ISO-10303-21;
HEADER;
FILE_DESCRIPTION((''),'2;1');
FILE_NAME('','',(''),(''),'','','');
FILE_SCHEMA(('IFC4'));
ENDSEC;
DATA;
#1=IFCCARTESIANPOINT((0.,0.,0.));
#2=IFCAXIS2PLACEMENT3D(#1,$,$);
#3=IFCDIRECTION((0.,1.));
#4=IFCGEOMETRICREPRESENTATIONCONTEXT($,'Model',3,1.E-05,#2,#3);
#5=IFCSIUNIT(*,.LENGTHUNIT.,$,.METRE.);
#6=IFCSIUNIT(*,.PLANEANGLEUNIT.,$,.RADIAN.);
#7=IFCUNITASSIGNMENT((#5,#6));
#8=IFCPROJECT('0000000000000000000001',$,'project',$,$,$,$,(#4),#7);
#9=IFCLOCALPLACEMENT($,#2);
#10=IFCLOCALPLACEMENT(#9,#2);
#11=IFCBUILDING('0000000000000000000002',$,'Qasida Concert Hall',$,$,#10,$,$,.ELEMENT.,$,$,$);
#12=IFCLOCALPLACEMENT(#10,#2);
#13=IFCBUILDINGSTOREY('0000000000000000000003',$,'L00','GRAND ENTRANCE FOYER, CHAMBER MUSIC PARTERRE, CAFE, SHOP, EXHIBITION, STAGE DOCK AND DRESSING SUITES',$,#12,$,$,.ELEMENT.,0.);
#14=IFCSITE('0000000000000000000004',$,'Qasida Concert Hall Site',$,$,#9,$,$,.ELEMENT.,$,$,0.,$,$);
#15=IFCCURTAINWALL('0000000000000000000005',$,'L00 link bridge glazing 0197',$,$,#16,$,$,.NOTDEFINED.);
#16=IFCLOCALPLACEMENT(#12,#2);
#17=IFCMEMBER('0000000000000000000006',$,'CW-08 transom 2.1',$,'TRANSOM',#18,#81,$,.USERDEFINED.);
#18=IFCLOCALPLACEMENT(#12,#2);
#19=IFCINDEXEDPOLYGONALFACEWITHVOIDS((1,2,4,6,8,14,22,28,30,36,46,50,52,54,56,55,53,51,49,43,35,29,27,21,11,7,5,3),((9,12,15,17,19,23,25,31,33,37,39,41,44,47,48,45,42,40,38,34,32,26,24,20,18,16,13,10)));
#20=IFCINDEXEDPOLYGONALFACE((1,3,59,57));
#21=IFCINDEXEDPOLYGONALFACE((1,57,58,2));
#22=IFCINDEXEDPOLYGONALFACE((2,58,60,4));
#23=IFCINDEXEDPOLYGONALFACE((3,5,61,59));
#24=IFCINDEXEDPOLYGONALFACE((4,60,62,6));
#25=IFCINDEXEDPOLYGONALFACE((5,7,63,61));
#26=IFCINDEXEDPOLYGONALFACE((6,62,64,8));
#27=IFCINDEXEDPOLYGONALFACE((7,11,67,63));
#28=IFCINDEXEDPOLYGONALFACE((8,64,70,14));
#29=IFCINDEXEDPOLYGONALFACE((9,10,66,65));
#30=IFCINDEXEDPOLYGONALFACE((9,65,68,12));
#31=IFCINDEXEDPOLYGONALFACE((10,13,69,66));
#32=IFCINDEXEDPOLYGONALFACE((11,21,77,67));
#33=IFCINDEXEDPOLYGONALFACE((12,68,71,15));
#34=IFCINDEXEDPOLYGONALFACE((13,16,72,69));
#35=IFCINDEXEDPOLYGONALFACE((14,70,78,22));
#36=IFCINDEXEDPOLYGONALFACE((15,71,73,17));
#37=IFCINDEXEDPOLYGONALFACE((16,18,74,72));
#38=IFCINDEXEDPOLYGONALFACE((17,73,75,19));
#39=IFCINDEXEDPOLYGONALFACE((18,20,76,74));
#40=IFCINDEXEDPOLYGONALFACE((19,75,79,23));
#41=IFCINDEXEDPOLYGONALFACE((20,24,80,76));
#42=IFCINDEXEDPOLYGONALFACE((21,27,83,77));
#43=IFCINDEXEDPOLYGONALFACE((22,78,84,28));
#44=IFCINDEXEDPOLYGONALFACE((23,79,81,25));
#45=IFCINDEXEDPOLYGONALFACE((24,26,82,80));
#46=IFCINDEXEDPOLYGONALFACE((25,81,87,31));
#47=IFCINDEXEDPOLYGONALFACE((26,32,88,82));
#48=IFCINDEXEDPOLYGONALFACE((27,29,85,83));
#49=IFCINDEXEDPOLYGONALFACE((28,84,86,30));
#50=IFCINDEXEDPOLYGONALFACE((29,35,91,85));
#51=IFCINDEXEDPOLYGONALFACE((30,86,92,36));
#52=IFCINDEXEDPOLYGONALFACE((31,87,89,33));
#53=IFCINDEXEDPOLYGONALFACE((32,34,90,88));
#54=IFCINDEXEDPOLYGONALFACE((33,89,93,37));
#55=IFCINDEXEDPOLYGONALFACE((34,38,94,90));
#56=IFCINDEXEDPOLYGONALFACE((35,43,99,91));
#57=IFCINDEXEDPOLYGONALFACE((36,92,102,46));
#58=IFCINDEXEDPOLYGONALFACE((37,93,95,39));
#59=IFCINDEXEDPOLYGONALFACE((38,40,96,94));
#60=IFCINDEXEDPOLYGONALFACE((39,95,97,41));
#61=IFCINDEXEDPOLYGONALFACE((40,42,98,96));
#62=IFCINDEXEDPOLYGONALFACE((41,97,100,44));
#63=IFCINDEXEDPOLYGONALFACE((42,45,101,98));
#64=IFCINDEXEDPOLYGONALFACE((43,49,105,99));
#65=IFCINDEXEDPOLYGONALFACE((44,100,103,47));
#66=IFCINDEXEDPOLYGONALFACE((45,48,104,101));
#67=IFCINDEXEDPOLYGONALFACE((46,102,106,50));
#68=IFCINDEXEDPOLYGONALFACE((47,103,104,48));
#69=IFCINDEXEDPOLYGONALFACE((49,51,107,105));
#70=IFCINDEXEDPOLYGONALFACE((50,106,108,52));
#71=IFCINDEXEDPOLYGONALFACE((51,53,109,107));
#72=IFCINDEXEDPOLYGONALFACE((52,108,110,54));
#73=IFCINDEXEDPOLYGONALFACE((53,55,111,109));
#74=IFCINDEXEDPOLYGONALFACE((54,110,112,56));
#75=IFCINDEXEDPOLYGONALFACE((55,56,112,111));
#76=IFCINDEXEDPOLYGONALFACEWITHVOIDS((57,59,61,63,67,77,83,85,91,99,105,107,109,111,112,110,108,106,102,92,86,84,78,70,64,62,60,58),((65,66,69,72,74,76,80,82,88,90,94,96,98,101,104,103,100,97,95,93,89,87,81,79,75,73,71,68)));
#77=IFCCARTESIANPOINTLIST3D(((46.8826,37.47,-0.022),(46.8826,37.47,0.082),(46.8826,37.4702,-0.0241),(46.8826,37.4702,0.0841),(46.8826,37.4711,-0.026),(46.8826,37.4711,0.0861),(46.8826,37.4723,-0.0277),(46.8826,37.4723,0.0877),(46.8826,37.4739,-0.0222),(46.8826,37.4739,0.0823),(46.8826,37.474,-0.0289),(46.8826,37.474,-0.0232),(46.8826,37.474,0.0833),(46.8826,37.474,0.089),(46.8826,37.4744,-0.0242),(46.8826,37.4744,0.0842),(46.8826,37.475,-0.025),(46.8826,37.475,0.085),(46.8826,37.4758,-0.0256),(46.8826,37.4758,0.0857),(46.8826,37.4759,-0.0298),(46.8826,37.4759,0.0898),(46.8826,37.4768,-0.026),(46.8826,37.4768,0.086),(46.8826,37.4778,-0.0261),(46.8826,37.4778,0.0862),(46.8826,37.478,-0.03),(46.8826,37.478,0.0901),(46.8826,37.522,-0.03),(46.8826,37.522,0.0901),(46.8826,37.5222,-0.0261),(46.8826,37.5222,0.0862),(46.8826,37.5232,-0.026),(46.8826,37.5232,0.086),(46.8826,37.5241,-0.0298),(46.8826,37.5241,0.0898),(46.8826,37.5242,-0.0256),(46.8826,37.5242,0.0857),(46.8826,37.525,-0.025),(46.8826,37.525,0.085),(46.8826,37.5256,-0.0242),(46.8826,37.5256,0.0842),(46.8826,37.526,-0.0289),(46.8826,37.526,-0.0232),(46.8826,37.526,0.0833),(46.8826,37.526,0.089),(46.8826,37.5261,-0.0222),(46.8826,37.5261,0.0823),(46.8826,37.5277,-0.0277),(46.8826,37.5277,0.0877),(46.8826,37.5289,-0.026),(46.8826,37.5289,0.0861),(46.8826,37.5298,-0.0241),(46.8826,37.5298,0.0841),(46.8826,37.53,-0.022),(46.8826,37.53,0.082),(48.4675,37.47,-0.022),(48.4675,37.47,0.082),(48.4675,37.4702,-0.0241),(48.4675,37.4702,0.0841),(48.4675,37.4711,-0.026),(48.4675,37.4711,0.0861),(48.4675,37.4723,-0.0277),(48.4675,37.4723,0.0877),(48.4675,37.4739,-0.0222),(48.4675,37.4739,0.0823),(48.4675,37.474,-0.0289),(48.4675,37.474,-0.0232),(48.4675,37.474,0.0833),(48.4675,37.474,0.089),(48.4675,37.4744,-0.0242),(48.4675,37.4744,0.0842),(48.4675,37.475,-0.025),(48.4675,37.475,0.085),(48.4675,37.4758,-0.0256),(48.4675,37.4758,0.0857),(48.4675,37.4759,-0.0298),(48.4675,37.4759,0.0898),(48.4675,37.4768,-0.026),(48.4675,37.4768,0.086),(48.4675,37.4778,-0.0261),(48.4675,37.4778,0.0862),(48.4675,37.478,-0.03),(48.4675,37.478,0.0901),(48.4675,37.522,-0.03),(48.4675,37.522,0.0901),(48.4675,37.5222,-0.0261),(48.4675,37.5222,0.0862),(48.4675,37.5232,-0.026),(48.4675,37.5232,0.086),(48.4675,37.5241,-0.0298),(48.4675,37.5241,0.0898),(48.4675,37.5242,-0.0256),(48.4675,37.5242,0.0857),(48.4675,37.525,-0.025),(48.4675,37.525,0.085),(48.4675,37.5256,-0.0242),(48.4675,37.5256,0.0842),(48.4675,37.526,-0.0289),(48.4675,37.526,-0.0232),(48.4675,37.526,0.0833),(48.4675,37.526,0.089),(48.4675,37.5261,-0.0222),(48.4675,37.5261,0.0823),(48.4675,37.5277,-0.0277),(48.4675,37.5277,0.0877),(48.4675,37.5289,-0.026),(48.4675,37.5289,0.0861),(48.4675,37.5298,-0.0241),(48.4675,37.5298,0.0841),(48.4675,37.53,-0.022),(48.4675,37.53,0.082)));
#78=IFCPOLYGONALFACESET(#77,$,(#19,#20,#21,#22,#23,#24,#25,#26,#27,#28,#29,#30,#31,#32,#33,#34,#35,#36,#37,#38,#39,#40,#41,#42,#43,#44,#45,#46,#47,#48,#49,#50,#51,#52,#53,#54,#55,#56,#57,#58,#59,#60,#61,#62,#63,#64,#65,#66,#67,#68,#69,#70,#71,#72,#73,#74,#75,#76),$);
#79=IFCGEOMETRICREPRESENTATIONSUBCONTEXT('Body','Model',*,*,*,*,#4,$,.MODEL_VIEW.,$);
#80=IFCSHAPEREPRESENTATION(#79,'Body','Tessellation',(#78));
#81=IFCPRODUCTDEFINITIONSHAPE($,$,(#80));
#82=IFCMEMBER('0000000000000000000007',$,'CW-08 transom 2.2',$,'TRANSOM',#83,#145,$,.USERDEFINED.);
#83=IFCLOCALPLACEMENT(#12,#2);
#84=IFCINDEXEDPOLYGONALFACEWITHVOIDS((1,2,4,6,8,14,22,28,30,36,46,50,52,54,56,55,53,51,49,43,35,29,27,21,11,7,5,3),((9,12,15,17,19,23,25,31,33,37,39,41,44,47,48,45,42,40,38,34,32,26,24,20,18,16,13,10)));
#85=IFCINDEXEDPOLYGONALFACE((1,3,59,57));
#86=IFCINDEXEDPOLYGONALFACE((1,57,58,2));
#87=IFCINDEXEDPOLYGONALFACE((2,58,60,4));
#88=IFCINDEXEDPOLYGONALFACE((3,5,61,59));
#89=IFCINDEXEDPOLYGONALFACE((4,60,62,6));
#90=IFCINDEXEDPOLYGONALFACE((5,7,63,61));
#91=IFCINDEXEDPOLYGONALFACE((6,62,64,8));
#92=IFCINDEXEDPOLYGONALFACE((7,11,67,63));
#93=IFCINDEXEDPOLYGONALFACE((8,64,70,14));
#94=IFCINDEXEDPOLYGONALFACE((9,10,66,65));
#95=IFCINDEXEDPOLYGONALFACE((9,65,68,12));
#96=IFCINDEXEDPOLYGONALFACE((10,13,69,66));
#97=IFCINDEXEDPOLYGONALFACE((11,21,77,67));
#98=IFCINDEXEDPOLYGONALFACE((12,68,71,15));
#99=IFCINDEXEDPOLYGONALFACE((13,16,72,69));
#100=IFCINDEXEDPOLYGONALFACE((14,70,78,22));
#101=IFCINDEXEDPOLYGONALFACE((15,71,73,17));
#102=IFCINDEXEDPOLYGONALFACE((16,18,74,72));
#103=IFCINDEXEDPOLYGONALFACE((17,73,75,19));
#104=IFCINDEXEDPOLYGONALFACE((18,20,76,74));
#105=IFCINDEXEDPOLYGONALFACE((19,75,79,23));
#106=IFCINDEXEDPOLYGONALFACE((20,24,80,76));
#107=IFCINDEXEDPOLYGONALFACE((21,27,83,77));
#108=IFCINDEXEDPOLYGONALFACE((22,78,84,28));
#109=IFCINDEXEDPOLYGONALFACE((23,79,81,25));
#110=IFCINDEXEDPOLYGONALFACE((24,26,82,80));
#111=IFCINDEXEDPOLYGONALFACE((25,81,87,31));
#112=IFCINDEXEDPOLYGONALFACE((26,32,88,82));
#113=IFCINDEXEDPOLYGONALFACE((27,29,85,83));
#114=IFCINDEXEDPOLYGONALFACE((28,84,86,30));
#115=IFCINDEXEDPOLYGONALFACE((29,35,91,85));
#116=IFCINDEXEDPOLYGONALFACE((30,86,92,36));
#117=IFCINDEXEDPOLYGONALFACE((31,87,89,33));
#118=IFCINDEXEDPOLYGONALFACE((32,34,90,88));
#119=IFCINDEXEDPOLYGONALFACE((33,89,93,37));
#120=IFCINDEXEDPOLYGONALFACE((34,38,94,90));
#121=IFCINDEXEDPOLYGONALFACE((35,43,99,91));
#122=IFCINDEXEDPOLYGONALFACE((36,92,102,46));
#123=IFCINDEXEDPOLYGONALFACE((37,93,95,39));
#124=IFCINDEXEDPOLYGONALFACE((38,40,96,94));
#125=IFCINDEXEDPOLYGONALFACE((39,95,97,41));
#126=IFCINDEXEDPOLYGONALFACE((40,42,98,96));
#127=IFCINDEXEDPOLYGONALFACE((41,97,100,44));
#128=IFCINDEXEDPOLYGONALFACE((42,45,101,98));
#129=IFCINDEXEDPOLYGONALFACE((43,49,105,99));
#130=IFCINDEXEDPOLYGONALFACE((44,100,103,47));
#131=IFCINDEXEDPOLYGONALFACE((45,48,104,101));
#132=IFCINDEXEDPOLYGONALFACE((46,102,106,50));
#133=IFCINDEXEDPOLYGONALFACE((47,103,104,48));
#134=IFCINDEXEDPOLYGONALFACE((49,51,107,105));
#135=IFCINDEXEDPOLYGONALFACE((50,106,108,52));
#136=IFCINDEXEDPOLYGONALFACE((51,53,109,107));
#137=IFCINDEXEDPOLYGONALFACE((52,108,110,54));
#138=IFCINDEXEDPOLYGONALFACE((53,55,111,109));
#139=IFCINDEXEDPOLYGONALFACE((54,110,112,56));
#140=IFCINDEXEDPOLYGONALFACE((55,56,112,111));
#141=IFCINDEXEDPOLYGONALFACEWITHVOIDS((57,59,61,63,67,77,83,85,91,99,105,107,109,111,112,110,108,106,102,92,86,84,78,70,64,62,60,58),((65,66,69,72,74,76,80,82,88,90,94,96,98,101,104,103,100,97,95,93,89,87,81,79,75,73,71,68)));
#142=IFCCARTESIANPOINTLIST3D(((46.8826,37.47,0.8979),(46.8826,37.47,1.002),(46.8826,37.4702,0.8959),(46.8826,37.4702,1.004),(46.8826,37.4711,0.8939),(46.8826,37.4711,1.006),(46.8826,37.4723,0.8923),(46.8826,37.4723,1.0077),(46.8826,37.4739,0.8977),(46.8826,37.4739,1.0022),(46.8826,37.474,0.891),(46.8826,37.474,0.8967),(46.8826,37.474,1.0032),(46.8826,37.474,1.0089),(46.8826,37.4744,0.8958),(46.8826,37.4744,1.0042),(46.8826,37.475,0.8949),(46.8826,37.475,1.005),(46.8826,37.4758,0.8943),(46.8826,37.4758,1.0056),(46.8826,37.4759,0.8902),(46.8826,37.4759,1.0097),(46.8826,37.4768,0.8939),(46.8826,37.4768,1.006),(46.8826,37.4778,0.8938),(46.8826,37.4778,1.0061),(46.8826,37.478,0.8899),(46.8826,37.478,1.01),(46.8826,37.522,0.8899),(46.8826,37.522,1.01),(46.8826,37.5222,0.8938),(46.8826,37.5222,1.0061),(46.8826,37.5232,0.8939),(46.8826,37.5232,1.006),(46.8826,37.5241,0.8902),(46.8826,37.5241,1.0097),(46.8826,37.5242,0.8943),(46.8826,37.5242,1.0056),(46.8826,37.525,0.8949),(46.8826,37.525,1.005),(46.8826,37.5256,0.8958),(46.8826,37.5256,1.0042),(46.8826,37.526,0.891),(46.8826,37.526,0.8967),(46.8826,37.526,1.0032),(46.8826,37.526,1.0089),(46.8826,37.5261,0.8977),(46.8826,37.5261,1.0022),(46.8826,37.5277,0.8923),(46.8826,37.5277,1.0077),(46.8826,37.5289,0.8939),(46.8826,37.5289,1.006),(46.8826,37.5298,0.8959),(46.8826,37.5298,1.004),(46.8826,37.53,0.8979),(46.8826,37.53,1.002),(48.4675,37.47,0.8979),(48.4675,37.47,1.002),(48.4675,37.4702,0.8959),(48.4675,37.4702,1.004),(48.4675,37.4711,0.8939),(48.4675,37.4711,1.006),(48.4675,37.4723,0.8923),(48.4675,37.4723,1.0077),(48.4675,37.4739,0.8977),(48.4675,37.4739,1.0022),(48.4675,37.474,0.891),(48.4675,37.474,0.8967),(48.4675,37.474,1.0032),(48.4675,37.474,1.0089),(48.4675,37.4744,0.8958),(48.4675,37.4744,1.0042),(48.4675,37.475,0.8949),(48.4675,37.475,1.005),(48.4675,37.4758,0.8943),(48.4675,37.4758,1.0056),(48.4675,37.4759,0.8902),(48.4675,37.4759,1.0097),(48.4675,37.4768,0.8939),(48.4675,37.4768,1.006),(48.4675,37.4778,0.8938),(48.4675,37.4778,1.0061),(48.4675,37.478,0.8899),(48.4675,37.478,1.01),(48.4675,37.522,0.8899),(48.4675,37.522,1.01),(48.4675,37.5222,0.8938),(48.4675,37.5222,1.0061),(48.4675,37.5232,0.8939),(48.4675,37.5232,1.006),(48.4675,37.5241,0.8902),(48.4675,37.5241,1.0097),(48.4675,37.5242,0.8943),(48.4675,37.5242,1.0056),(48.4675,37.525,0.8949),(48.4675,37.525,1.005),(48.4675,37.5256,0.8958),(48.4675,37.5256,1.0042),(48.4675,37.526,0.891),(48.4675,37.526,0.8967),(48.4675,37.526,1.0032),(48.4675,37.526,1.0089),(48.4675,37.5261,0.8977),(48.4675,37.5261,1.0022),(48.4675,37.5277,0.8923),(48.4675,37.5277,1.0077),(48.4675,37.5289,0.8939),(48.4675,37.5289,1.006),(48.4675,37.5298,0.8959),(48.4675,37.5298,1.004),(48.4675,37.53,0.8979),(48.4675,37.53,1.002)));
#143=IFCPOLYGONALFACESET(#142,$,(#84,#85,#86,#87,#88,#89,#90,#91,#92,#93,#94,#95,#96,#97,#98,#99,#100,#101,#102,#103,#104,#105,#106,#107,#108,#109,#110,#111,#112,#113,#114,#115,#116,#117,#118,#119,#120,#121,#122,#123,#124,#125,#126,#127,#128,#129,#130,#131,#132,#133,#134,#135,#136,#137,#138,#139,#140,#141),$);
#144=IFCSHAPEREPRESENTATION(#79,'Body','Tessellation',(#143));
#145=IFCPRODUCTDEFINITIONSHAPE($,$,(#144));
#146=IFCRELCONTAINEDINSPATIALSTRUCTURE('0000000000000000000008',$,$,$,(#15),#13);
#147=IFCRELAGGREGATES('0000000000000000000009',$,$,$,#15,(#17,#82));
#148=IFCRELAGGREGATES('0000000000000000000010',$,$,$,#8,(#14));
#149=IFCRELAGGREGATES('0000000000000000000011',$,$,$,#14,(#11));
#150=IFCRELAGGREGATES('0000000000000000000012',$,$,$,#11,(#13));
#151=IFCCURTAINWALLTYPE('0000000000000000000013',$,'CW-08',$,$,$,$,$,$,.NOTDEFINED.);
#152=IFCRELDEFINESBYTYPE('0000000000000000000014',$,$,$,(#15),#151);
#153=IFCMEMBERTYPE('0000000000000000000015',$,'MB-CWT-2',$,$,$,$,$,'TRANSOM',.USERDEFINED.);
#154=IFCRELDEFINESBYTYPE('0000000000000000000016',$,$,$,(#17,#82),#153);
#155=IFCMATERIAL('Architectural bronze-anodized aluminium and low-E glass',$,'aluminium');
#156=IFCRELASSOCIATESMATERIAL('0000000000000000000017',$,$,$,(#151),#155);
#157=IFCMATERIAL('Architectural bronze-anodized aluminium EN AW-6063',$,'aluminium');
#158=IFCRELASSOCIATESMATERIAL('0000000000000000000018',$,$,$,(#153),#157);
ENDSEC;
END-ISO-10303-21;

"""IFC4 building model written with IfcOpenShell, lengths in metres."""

from ifc_helpers import new_model, si_unit, direction, frame, origin, origin_2d, place, context, subcontext, project, spatial, hollow_rectangle, extrude, material, material_profile, profile_set, type_object, element, aggregate, save


model = new_model("IFC4")

# Units and contexts
model_context = context("Model", 3, precision=1e-05, world=origin(), true_north=direction((0.0, 1.0)))
body_context = subcontext(model_context, "Body", "Model", "MODEL_VIEW")
ifc_project = project(units=[si_unit("LENGTHUNIT", "METRE"), si_unit("PLANEANGLEUNIT", "RADIAN")], contexts=[model_context])

# Site, building, storey
site_placement = place(None, origin())
site = spatial("IfcSite", under=ifc_project, at=site_placement, Name="Qasida Concert Hall Site", CompositionType="ELEMENT", RefElevation=0.0)
building_placement = place(site_placement, origin())
building = spatial("IfcBuilding", under=site, at=building_placement, Name="Qasida Concert Hall", CompositionType="ELEMENT")
storey_placement = place(building_placement, origin())
storey = spatial("IfcBuildingStorey", under=building, at=storey_placement, Name="L00", Description="GRAND ENTRANCE FOYER, CHAMBER MUSIC PARTERRE, CAFE, SHOP, EXHIBITION, STAGE DOCK AND DRESSING SUITES", CompositionType="ELEMENT", Elevation=0.0)

# Curtain wall, members
ifc_material_1 = material(Name="Architectural bronze-anodized aluminium and low-E glass", Category="aluminium")
curtain_wall_type = type_object("IfcCurtainWallType", Name="CW-08", PredefinedType="NOTDEFINED", material=ifc_material_1)
curtain_wall_placement = place(storey_placement, origin())
curtain_wall = element("IfcCurtainWall", 1, at=curtain_wall_placement, inside=storey, type_object=curtain_wall_type, Name="L00 link bridge glazing 0197", PredefinedType="NOTDEFINED")
ifc_material_2 = material(Name="Architectural bronze-anodized aluminium EN AW-6063", Category="aluminium")
ifc_material_profile_1 = material_profile(ifc_material_2, hollow_rectangle(XDim=0.0601, YDim=0.1201, WallThickness=0.0039, InnerFilletRadius=0.0039, OuterFilletRadius=0.0081, at=origin_2d()), Name="CWT 120x60x4")
ifc_profile_set_1 = profile_set([ifc_material_profile_1], Name="Architectural bronze-anodized aluminium EN AW-6063")
member_type_1 = type_object("IfcMemberType", Name="MB-CWT-2", ElementType="TRANSOM", PredefinedType="USERDEFINED", material=ifc_profile_set_1)
member_1_placement = place(storey_placement, frame((46.8826, 37.5, 0.03), z_axis=(1.0, 0.0, 0.0), x_axis=(0.0, 1.0, 0.0)))
member_1 = element("IfcMember", 2, at=member_1_placement, type_object=member_type_1, Name="CW-08 transom 2.1", ObjectType="TRANSOM", PredefinedType="USERDEFINED", context=body_context, shape_type="SweptSolid", body=[
    extrude(hollow_rectangle(XDim=0.0601, YDim=0.1201, WallThickness=0.0039, InnerFilletRadius=0.0039, OuterFilletRadius=0.0081, at=origin_2d()), origin(), (0.0, 0.0, 1.0), 1.585),
])
member_2_placement = place(storey_placement, frame((46.8826, 37.5, 0.95), z_axis=(1.0, 0.0, 0.0), x_axis=(0.0, 1.0, 0.0)))
member_2 = element("IfcMember", 3, at=member_2_placement, type_object=member_type_1, Name="CW-08 transom 2.2", ObjectType="TRANSOM", PredefinedType="USERDEFINED", context=body_context, shape_type="SweptSolid", body=[
    extrude(hollow_rectangle(XDim=0.0601, YDim=0.1201, WallThickness=0.0039, InnerFilletRadius=0.0039, OuterFilletRadius=0.0081, at=origin_2d()), origin(), (0.0, 0.0, 1.0), 1.585),
])
aggregate(curtain_wall, [member_1, member_2])

save(model, "model.ifc")
